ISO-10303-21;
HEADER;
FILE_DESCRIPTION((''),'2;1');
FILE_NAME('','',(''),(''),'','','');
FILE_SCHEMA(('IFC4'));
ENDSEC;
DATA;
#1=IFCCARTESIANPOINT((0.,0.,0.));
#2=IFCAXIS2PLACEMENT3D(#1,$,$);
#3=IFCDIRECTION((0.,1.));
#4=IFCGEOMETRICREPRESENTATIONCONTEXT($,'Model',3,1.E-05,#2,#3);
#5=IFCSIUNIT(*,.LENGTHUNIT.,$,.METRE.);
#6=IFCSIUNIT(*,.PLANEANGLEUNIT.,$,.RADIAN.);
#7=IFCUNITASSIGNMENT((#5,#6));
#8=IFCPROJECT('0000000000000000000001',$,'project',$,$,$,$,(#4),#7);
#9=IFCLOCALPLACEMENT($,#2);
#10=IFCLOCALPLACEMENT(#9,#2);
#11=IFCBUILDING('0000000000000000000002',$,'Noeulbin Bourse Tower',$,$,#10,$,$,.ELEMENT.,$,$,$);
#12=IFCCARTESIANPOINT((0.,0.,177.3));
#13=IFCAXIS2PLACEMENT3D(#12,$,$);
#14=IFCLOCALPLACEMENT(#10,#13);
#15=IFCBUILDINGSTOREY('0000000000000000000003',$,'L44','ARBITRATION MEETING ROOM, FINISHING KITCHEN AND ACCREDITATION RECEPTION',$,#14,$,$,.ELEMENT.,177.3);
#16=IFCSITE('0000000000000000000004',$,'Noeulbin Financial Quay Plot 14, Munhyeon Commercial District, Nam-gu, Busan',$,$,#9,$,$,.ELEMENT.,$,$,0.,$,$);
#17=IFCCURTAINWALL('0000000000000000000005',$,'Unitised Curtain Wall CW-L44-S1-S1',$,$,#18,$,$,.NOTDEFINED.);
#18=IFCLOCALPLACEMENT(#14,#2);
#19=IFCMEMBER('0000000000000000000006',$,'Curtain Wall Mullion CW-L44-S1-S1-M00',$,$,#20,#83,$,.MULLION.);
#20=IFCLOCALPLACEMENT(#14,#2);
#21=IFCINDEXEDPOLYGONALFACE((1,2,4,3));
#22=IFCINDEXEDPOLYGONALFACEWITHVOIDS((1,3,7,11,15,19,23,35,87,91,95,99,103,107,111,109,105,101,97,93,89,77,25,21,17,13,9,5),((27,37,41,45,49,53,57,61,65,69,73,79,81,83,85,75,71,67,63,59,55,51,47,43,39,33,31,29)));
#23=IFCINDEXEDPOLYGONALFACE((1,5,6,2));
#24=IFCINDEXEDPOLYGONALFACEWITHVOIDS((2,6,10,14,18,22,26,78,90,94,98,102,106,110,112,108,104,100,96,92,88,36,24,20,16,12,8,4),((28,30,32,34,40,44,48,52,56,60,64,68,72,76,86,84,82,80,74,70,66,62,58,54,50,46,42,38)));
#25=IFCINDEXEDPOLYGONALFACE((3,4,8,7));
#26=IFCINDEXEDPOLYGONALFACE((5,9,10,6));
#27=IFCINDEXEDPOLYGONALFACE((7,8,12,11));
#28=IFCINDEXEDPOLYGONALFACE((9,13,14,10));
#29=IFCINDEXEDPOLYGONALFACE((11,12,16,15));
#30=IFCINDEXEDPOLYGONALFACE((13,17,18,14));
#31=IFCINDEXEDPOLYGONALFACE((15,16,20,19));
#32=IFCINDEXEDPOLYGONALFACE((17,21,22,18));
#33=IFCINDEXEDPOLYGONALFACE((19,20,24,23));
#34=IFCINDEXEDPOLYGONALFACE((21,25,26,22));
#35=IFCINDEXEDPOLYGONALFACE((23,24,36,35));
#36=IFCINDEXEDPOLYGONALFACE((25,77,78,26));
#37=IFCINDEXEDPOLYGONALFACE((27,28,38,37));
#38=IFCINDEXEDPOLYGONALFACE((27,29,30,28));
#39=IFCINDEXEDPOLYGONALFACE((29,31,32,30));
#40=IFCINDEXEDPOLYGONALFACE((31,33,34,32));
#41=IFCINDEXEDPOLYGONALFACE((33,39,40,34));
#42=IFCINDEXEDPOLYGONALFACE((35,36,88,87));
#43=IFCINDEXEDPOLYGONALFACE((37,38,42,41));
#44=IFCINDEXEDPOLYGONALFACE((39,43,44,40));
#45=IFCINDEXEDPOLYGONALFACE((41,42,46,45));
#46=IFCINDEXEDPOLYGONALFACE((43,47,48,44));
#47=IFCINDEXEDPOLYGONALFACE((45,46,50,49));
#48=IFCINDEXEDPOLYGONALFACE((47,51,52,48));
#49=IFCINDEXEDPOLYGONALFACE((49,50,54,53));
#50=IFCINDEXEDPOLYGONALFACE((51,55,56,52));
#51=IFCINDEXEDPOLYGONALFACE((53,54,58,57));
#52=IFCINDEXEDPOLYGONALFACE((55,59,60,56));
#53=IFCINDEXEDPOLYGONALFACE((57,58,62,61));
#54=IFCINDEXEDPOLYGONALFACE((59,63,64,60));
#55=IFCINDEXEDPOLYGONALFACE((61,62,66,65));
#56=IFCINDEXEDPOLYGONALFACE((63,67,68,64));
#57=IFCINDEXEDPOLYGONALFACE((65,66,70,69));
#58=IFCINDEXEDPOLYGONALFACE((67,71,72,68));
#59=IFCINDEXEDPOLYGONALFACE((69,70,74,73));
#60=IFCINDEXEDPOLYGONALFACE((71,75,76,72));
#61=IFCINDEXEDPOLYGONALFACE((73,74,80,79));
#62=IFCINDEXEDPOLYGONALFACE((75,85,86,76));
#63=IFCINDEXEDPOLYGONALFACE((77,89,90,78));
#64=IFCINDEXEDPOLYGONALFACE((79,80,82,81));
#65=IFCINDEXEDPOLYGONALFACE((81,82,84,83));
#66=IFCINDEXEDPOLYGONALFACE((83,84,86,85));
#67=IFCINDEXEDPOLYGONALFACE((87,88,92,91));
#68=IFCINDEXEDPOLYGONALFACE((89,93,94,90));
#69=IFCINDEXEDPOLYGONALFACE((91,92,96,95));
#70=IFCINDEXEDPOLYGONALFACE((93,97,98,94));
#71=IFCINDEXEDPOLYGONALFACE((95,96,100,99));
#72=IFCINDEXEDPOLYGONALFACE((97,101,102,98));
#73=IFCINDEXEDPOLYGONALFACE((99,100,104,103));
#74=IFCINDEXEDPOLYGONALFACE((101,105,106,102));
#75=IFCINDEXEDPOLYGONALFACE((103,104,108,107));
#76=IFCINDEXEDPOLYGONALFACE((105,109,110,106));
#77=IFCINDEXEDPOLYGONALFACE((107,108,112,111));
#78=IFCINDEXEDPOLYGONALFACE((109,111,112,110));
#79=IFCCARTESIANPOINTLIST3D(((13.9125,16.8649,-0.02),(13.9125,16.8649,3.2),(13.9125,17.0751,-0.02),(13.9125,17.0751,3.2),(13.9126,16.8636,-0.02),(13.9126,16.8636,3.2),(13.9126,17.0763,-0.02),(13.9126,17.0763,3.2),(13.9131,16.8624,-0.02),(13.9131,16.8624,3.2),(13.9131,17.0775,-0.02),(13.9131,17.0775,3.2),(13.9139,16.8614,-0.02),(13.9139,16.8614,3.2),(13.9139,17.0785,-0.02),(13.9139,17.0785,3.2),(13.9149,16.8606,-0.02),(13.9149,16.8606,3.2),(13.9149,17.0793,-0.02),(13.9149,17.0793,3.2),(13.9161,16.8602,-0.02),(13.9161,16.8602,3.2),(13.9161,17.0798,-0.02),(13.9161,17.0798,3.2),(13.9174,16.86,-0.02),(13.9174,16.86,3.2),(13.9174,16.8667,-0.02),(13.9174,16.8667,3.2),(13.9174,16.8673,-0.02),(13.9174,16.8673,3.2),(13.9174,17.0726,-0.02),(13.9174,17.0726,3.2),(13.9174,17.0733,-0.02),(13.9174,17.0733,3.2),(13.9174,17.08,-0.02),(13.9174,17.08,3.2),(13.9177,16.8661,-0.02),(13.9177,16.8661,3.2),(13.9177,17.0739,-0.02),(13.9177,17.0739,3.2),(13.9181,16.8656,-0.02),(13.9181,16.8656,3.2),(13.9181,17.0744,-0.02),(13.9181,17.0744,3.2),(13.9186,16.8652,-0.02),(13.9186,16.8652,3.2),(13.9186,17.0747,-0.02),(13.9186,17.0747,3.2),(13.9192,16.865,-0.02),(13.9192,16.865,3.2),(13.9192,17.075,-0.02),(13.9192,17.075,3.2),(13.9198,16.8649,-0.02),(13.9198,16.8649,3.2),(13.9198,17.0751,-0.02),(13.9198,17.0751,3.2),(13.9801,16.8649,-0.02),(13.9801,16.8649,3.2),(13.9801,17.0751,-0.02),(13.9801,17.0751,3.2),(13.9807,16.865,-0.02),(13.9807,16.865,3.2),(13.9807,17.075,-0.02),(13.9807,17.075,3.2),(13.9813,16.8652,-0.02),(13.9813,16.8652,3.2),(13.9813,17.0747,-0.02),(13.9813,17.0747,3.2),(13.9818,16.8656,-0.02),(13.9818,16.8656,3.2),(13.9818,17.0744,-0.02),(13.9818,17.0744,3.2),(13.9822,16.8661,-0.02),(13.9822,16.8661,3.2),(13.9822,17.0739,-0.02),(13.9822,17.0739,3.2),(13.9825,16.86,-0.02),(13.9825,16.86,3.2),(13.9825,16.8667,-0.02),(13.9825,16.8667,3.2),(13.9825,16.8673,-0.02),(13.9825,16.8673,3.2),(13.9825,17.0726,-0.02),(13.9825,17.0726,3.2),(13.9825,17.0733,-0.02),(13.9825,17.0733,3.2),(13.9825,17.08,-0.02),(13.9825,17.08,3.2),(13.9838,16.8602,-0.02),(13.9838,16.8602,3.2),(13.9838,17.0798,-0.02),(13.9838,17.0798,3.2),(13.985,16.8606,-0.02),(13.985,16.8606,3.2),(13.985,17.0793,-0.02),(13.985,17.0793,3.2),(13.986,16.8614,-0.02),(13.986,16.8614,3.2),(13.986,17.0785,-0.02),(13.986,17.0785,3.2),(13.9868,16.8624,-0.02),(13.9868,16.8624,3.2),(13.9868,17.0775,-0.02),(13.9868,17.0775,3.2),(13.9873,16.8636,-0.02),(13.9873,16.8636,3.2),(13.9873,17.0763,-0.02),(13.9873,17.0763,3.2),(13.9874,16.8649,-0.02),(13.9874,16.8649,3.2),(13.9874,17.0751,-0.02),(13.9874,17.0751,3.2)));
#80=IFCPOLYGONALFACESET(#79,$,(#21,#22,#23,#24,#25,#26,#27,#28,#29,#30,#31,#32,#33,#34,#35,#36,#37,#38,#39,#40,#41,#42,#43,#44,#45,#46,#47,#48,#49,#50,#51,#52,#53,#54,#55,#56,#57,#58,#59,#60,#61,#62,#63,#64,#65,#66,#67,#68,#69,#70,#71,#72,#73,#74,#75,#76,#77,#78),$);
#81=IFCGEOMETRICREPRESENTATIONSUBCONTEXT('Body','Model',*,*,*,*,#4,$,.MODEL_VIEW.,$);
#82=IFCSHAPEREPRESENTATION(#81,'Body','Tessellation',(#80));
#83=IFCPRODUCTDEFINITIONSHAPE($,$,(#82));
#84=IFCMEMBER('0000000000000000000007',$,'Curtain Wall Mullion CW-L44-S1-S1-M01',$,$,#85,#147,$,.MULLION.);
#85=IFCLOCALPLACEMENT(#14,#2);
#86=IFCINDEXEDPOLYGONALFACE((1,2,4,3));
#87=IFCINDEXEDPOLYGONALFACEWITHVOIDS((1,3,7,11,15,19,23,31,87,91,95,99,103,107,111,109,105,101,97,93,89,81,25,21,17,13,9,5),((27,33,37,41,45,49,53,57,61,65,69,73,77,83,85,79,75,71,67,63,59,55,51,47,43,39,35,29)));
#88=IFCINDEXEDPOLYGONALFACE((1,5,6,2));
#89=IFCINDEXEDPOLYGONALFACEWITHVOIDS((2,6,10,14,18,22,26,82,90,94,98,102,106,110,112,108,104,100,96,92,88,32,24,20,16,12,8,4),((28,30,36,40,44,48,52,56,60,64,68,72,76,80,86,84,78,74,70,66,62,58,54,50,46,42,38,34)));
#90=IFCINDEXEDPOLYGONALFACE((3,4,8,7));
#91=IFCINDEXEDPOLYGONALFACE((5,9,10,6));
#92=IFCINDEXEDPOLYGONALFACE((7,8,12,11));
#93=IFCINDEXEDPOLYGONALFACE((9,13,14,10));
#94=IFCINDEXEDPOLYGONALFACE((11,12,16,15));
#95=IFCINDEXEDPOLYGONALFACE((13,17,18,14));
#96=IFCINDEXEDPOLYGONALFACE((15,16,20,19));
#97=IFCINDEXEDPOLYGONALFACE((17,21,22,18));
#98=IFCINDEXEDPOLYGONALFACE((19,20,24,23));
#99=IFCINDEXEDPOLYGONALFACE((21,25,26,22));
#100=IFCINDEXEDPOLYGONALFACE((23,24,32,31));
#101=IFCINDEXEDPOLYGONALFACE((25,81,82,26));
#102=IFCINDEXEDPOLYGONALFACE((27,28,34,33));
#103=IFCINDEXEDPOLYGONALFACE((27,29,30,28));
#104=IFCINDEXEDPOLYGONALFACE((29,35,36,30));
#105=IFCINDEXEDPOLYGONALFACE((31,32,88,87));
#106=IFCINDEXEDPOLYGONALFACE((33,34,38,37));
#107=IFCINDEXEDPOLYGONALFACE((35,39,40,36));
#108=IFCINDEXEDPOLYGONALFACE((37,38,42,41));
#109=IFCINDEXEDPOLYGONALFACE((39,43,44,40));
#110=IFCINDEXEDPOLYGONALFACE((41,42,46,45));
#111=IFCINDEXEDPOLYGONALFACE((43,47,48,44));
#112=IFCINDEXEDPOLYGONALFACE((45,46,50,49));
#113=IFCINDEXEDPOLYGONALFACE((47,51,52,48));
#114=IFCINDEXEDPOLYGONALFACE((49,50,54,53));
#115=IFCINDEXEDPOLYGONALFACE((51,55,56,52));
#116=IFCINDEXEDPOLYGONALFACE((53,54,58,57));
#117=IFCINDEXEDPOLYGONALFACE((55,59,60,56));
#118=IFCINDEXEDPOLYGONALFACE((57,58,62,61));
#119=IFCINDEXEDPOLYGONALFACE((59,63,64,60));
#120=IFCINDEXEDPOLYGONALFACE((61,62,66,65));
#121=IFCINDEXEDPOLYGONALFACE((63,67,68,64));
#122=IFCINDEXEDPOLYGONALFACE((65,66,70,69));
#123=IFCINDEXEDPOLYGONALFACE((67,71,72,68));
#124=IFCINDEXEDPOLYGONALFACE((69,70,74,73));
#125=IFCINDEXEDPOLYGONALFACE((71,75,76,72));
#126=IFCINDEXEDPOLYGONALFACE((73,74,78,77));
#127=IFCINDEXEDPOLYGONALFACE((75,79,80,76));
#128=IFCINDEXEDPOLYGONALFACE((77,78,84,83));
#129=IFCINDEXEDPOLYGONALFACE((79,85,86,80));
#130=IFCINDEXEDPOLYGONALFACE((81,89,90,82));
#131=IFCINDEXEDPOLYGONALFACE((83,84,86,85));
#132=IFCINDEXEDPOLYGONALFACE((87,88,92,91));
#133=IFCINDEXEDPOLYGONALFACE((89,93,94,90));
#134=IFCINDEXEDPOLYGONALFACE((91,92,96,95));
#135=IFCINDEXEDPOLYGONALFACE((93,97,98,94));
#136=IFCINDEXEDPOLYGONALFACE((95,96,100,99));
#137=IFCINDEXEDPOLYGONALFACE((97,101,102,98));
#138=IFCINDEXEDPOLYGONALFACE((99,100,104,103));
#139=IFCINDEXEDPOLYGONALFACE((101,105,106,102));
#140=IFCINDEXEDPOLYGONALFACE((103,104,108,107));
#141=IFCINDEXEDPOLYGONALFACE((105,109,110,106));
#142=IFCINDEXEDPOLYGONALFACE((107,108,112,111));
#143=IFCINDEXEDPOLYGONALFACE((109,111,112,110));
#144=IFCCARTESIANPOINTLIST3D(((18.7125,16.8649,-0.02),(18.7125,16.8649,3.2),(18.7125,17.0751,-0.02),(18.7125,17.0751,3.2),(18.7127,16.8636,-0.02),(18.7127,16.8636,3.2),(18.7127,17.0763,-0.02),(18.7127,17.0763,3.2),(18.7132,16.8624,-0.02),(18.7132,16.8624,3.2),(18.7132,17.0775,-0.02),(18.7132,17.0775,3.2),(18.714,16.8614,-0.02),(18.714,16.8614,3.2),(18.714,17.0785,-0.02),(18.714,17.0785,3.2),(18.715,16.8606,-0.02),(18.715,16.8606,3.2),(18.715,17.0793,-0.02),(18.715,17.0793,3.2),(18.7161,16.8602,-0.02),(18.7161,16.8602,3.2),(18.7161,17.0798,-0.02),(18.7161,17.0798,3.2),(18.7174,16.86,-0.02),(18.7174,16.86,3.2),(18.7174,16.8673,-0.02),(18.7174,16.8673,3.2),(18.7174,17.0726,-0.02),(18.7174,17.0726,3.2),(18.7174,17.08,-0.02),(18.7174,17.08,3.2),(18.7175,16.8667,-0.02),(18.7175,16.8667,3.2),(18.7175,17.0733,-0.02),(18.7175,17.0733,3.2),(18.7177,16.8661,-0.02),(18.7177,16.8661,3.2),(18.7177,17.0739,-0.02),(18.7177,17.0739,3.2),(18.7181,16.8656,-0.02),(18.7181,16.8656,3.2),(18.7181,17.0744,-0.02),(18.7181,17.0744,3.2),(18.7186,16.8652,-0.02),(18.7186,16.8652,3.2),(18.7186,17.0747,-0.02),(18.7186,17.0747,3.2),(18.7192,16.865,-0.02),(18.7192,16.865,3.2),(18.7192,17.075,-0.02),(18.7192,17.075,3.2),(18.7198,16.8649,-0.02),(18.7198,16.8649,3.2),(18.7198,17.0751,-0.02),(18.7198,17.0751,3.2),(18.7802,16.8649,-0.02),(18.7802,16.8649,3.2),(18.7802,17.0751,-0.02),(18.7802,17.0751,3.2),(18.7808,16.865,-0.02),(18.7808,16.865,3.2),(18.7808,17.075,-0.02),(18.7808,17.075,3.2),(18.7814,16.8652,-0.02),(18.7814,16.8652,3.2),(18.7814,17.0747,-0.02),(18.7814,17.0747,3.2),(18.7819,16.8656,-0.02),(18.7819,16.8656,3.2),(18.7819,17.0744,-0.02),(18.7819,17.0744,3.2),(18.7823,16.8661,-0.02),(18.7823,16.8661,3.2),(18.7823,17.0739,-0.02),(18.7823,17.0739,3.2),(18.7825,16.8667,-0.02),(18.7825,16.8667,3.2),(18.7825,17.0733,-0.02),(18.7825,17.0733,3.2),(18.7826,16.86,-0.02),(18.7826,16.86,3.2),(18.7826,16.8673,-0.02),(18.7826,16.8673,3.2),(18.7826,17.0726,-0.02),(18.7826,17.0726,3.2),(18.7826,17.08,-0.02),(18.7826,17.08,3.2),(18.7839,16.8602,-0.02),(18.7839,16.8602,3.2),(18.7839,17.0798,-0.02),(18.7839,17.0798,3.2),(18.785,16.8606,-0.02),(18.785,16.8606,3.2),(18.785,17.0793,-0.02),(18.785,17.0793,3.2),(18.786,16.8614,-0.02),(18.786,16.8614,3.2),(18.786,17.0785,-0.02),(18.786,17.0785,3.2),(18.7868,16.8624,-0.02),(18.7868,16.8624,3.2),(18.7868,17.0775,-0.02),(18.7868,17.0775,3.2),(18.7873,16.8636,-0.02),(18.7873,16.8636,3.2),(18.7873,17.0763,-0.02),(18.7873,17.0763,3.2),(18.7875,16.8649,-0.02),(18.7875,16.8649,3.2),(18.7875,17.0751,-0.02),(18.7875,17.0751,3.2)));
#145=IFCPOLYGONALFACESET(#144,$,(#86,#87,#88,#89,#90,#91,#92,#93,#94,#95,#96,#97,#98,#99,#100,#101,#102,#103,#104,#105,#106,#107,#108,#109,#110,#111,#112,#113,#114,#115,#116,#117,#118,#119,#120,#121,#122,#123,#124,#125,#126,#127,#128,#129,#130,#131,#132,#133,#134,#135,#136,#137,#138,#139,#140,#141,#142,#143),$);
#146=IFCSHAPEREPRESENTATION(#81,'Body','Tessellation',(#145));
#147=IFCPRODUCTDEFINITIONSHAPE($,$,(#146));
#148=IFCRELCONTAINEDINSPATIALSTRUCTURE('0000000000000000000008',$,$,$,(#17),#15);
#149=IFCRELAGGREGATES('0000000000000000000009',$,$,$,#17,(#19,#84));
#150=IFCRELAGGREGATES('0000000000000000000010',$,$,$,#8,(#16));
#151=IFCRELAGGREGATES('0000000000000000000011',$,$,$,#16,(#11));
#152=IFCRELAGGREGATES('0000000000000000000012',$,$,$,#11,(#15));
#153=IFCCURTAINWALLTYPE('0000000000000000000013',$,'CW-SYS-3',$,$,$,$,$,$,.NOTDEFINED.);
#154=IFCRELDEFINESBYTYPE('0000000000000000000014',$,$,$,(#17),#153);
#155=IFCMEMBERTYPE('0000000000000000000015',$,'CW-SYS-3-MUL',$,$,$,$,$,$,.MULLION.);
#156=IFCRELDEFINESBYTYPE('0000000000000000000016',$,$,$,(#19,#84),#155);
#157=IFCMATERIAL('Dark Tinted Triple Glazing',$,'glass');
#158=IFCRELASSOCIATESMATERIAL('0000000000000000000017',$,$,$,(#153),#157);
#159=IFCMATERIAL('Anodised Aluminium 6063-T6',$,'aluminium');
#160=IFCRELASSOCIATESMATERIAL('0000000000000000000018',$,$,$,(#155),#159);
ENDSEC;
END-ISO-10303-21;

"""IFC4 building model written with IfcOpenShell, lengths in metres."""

from ifc_helpers import new_model, si_unit, direction, frame, origin, origin_2d, place, context, subcontext, project, spatial, hollow_rectangle, extrude, material, material_profile, profile_set, type_object, element, aggregate, save


model = new_model("IFC4")

# Units and contexts
model_context = context("Model", 3, precision=1e-05, world=origin(), true_north=direction((0.0, 1.0)))
body_context = subcontext(model_context, "Body", "Model", "MODEL_VIEW")
ifc_project = project(units=[si_unit("LENGTHUNIT", "METRE"), si_unit("PLANEANGLEUNIT", "RADIAN")], contexts=[model_context])

# Site, building, storey
site_placement = place(None, origin())
site = spatial("IfcSite", under=ifc_project, at=site_placement, Name="Noeulbin Financial Quay Plot 14, Munhyeon Commercial District, Nam-gu, Busan", CompositionType="ELEMENT", RefElevation=0.0)
building_placement = place(site_placement, origin())
building = spatial("IfcBuilding", under=site, at=building_placement, Name="Noeulbin Bourse Tower", CompositionType="ELEMENT")
storey_placement = place(building_placement, frame((0.0, 0.0, 177.3)))
storey = spatial("IfcBuildingStorey", under=building, at=storey_placement, Name="L44", Description="ARBITRATION MEETING ROOM, FINISHING KITCHEN AND ACCREDITATION RECEPTION", CompositionType="ELEMENT", Elevation=177.3)

# Curtain wall, members
ifc_material_1 = material(Name="Dark Tinted Triple Glazing", Category="glass")
curtain_wall_type = type_object("IfcCurtainWallType", Name="CW-SYS-3", PredefinedType="NOTDEFINED", material=ifc_material_1)
curtain_wall_placement = place(storey_placement, origin())
curtain_wall = element("IfcCurtainWall", 1, at=curtain_wall_placement, inside=storey, type_object=curtain_wall_type, Name="Unitised Curtain Wall CW-L44-S1-S1", PredefinedType="NOTDEFINED")
ifc_material_2 = material(Name="Anodised Aluminium 6063-T6", Category="aluminium")
ifc_material_profile_1 = material_profile(ifc_material_2, hollow_rectangle(XDim=0.075, YDim=0.22, WallThickness=0.0049, InnerFilletRadius=0.0024, OuterFilletRadius=0.0049, at=origin_2d()), Name="ALU-MULL-75x220x5", Category="LoadBearing")
ifc_profile_set_1 = profile_set([ifc_material_profile_1], Name="Anodised Aluminium 6063-T6")
member_type_1 = type_object("IfcMemberType", Name="CW-SYS-3-MUL", PredefinedType="MULLION", material=ifc_profile_set_1)
member_1_placement = place(storey_placement, frame((13.95, 16.97, -0.02), z_axis=(0.0, 0.0, 1.0), x_axis=(1.0, 0.0, 0.0)))
member_1 = element("IfcMember", 2, at=member_1_placement, type_object=member_type_1, Name="Curtain Wall Mullion CW-L44-S1-S1-M00", PredefinedType="MULLION", context=body_context, shape_type="SweptSolid", body=[
    extrude(hollow_rectangle(XDim=0.075, YDim=0.22, WallThickness=0.0049, InnerFilletRadius=0.0024, OuterFilletRadius=0.0049, at=origin_2d()), origin(), (0.0, 0.0, 1.0), 3.22),
])
member_2_placement = place(storey_placement, frame((18.75, 16.97, -0.02), z_axis=(0.0, 0.0, 1.0), x_axis=(1.0, 0.0, 0.0)))
member_2 = element("IfcMember", 3, at=member_2_placement, type_object=member_type_1, Name="Curtain Wall Mullion CW-L44-S1-S1-M01", PredefinedType="MULLION", context=body_context, shape_type="SweptSolid", body=[
    extrude(hollow_rectangle(XDim=0.075, YDim=0.22, WallThickness=0.0049, InnerFilletRadius=0.0024, OuterFilletRadius=0.0049, at=origin_2d()), origin(), (0.0, 0.0, 1.0), 3.22),
])
aggregate(curtain_wall, [member_1, member_2])

save(model, "model.ifc")
